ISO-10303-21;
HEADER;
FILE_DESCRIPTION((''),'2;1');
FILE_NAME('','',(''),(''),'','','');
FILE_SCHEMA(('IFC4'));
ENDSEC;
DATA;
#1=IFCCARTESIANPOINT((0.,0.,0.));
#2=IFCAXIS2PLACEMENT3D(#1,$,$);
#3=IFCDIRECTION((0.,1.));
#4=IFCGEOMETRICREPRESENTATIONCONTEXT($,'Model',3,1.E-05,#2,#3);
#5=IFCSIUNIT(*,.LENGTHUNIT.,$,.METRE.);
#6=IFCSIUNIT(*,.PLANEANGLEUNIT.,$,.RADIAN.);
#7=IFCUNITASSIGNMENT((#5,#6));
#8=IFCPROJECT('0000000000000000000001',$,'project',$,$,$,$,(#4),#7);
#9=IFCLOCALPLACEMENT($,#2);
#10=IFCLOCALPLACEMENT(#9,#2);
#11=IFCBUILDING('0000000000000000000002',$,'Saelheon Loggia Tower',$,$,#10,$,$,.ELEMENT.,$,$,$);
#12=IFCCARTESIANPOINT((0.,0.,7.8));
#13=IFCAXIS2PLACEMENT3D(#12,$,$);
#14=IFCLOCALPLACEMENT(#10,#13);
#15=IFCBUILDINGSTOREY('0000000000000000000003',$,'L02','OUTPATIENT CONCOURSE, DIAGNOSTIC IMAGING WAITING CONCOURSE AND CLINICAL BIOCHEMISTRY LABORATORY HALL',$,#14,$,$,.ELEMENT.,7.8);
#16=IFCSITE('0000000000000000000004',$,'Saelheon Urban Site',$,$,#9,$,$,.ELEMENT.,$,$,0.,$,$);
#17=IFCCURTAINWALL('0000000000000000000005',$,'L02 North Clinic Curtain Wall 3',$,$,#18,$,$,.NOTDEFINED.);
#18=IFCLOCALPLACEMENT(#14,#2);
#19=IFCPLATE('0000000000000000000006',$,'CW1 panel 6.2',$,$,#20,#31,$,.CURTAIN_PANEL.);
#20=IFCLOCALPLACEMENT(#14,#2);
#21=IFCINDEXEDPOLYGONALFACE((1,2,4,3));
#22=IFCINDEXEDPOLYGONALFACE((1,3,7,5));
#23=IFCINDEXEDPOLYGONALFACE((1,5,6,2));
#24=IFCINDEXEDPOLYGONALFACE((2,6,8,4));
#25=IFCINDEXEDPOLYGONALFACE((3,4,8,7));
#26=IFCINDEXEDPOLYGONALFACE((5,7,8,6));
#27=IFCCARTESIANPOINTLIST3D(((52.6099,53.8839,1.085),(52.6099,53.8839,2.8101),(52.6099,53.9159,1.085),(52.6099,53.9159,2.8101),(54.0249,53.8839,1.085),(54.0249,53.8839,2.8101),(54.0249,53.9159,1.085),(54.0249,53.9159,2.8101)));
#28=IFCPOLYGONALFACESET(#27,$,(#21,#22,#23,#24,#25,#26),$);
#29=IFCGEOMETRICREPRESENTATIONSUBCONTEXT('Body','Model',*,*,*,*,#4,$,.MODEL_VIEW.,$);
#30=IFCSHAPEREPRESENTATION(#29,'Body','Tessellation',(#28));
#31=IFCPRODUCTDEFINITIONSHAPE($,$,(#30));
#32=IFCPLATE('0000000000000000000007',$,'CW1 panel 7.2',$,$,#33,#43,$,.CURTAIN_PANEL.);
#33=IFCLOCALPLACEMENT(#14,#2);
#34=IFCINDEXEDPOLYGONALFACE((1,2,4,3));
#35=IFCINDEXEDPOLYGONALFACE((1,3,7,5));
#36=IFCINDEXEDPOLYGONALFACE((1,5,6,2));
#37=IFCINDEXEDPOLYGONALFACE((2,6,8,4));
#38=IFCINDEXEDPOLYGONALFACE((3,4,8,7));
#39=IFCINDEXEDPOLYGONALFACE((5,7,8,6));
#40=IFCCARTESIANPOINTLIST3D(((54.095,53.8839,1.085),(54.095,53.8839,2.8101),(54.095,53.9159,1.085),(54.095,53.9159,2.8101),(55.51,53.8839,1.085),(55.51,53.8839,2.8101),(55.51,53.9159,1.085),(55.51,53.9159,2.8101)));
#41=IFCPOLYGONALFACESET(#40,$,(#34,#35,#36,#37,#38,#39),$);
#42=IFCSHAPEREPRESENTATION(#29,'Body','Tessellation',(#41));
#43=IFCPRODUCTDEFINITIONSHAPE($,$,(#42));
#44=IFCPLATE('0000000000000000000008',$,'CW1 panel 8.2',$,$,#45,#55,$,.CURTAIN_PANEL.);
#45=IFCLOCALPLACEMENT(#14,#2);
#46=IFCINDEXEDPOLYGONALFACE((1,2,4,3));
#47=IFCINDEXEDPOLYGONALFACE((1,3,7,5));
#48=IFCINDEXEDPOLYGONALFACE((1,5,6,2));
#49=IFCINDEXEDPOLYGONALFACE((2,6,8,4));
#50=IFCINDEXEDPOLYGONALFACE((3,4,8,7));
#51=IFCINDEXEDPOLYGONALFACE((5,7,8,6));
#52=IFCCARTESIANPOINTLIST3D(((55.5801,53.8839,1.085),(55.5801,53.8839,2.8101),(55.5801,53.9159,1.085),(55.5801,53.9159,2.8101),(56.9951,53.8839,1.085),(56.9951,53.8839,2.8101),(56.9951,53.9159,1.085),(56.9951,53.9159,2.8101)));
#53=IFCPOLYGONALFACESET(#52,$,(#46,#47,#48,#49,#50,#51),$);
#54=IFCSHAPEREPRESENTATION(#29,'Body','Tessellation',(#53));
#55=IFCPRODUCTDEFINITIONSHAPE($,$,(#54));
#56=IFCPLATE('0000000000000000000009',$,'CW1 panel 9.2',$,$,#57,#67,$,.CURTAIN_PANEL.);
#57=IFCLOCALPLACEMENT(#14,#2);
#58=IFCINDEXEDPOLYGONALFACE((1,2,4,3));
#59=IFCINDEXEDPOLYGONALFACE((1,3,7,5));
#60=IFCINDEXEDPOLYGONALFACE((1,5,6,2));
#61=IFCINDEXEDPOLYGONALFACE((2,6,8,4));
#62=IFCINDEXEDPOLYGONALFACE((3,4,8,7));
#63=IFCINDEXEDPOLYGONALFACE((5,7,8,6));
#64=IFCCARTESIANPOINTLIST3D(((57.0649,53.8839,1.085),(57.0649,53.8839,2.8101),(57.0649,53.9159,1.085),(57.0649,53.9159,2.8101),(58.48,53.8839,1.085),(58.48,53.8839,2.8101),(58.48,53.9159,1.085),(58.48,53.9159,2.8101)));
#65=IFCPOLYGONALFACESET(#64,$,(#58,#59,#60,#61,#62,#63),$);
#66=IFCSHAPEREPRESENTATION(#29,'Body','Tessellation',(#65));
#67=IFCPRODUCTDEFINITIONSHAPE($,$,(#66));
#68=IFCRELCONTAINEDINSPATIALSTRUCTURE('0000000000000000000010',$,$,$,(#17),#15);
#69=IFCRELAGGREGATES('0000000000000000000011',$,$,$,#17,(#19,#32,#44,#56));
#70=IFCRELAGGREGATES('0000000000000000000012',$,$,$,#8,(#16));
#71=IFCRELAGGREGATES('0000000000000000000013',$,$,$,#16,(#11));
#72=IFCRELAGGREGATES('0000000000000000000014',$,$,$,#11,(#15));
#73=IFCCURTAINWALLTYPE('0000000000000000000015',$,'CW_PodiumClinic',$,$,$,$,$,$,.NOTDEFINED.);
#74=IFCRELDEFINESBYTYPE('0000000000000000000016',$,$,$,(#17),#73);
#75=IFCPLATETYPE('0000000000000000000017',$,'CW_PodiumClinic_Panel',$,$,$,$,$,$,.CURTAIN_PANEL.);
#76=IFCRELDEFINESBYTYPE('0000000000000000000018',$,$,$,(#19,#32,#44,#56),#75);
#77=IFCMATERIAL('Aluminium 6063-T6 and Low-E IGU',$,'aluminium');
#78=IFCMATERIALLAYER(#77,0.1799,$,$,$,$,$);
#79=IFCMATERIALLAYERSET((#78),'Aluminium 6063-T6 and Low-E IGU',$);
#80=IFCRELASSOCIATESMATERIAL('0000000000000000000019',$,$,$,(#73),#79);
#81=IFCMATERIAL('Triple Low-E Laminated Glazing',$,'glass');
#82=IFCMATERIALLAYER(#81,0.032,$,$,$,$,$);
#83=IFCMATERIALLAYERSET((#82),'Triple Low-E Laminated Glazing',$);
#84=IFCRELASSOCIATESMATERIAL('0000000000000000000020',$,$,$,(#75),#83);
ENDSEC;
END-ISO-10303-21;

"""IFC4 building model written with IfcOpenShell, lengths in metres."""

from ifc_helpers import new_model, si_unit, direction, frame, origin, origin_2d, place, context, subcontext, project, spatial, rectangle, extrude, source, transform, mapped, material, layer, layer_set, type_object, element, aggregate, save


model = new_model("IFC4")

# Units and contexts
model_context = context("Model", 3, precision=1e-05, world=origin(), true_north=direction((0.0, 1.0)))
body_context = subcontext(model_context, "Body", "Model", "MODEL_VIEW")
ifc_project = project(units=[si_unit("LENGTHUNIT", "METRE"), si_unit("PLANEANGLEUNIT", "RADIAN")], contexts=[model_context])

# Site, building, storey
site_placement = place(None, origin())
site = spatial("IfcSite", under=ifc_project, at=site_placement, Name="Saelheon Urban Site", CompositionType="ELEMENT", RefElevation=0.0)
building_placement = place(site_placement, origin())
building = spatial("IfcBuilding", under=site, at=building_placement, Name="Saelheon Loggia Tower", CompositionType="ELEMENT")
storey_placement = place(building_placement, frame((0.0, 0.0, 7.8)))
storey = spatial("IfcBuildingStorey", under=building, at=storey_placement, Name="L02", Description="OUTPATIENT CONCOURSE, DIAGNOSTIC IMAGING WAITING CONCOURSE AND CLINICAL BIOCHEMISTRY LABORATORY HALL", CompositionType="ELEMENT", Elevation=7.8)

# Curtain wall, plates
ifc_material_1 = material(Name="Aluminium 6063-T6 and Low-E IGU", Category="aluminium")
ifc_layer_1 = layer(ifc_material_1, 0.1799)
ifc_layer_set_1 = layer_set([ifc_layer_1], Name="Aluminium 6063-T6 and Low-E IGU")
curtain_wall_type = type_object("IfcCurtainWallType", Name="CW_PodiumClinic", PredefinedType="NOTDEFINED", material=ifc_layer_set_1)
curtain_wall_placement = place(storey_placement, origin())
curtain_wall = element("IfcCurtainWall", 1, at=curtain_wall_placement, inside=storey, type_object=curtain_wall_type, Name="L02 North Clinic Curtain Wall 3", PredefinedType="NOTDEFINED")
ifc_material_2 = material(Name="Triple Low-E Laminated Glazing", Category="glass")
ifc_layer_2 = layer(ifc_material_2, 0.032)
ifc_layer_set_2 = layer_set([ifc_layer_2], Name="Triple Low-E Laminated Glazing")
plate_type = type_object("IfcPlateType", Name="CW_PodiumClinic_Panel", PredefinedType="CURTAIN_PANEL", material=ifc_layer_set_2)
shared_shape_1 = source(origin(), body_context, "Body", "SweptSolid", [
    extrude(rectangle(XDim=1.415, YDim=0.032, at=origin_2d()), origin(), (0.0, 0.0, 1.0), 1.7251),
])
plate_1_placement = place(storey_placement, frame((53.3174, 53.8999, 1.085), z_axis=(0.0, 0.0, 1.0), x_axis=(1.0, 0.0, 0.0)))
plate_1 = element("IfcPlate", 2, at=plate_1_placement, type_object=plate_type, Name="CW1 panel 6.2", PredefinedType="CURTAIN_PANEL", context=body_context, shape_type="MappedRepresentation", body=[
    mapped(shared_shape_1, transform((0.0, 0.0, 0.0), scale=1.0)),
])
plate_2_placement = place(storey_placement, frame((54.8025, 53.8999, 1.085), z_axis=(0.0, 0.0, 1.0), x_axis=(1.0, 0.0, 0.0)))
plate_2 = element("IfcPlate", 3, at=plate_2_placement, type_object=plate_type, Name="CW1 panel 7.2", PredefinedType="CURTAIN_PANEL", context=body_context, shape_type="MappedRepresentation", body=[
    mapped(shared_shape_1, transform((0.0, 0.0, 0.0), scale=1.0)),
])
plate_3_placement = place(storey_placement, frame((56.2876, 53.8999, 1.085), z_axis=(0.0, 0.0, 1.0), x_axis=(1.0, 0.0, 0.0)))
plate_3 = element("IfcPlate", 4, at=plate_3_placement, type_object=plate_type, Name="CW1 panel 8.2", PredefinedType="CURTAIN_PANEL", context=body_context, shape_type="MappedRepresentation", body=[
    mapped(shared_shape_1, transform((0.0, 0.0, 0.0), scale=1.0)),
])
plate_4_placement = place(storey_placement, frame((57.7725, 53.8999, 1.085), z_axis=(0.0, 0.0, 1.0), x_axis=(1.0, 0.0, 0.0)))
plate_4 = element("IfcPlate", 5, at=plate_4_placement, type_object=plate_type, Name="CW1 panel 9.2", PredefinedType="CURTAIN_PANEL", context=body_context, shape_type="MappedRepresentation", body=[
    mapped(shared_shape_1, transform((0.0, 0.0, 0.0), scale=1.0)),
])
aggregate(curtain_wall, [plate_1, plate_2, plate_3, plate_4])

save(model, "model.ifc")
